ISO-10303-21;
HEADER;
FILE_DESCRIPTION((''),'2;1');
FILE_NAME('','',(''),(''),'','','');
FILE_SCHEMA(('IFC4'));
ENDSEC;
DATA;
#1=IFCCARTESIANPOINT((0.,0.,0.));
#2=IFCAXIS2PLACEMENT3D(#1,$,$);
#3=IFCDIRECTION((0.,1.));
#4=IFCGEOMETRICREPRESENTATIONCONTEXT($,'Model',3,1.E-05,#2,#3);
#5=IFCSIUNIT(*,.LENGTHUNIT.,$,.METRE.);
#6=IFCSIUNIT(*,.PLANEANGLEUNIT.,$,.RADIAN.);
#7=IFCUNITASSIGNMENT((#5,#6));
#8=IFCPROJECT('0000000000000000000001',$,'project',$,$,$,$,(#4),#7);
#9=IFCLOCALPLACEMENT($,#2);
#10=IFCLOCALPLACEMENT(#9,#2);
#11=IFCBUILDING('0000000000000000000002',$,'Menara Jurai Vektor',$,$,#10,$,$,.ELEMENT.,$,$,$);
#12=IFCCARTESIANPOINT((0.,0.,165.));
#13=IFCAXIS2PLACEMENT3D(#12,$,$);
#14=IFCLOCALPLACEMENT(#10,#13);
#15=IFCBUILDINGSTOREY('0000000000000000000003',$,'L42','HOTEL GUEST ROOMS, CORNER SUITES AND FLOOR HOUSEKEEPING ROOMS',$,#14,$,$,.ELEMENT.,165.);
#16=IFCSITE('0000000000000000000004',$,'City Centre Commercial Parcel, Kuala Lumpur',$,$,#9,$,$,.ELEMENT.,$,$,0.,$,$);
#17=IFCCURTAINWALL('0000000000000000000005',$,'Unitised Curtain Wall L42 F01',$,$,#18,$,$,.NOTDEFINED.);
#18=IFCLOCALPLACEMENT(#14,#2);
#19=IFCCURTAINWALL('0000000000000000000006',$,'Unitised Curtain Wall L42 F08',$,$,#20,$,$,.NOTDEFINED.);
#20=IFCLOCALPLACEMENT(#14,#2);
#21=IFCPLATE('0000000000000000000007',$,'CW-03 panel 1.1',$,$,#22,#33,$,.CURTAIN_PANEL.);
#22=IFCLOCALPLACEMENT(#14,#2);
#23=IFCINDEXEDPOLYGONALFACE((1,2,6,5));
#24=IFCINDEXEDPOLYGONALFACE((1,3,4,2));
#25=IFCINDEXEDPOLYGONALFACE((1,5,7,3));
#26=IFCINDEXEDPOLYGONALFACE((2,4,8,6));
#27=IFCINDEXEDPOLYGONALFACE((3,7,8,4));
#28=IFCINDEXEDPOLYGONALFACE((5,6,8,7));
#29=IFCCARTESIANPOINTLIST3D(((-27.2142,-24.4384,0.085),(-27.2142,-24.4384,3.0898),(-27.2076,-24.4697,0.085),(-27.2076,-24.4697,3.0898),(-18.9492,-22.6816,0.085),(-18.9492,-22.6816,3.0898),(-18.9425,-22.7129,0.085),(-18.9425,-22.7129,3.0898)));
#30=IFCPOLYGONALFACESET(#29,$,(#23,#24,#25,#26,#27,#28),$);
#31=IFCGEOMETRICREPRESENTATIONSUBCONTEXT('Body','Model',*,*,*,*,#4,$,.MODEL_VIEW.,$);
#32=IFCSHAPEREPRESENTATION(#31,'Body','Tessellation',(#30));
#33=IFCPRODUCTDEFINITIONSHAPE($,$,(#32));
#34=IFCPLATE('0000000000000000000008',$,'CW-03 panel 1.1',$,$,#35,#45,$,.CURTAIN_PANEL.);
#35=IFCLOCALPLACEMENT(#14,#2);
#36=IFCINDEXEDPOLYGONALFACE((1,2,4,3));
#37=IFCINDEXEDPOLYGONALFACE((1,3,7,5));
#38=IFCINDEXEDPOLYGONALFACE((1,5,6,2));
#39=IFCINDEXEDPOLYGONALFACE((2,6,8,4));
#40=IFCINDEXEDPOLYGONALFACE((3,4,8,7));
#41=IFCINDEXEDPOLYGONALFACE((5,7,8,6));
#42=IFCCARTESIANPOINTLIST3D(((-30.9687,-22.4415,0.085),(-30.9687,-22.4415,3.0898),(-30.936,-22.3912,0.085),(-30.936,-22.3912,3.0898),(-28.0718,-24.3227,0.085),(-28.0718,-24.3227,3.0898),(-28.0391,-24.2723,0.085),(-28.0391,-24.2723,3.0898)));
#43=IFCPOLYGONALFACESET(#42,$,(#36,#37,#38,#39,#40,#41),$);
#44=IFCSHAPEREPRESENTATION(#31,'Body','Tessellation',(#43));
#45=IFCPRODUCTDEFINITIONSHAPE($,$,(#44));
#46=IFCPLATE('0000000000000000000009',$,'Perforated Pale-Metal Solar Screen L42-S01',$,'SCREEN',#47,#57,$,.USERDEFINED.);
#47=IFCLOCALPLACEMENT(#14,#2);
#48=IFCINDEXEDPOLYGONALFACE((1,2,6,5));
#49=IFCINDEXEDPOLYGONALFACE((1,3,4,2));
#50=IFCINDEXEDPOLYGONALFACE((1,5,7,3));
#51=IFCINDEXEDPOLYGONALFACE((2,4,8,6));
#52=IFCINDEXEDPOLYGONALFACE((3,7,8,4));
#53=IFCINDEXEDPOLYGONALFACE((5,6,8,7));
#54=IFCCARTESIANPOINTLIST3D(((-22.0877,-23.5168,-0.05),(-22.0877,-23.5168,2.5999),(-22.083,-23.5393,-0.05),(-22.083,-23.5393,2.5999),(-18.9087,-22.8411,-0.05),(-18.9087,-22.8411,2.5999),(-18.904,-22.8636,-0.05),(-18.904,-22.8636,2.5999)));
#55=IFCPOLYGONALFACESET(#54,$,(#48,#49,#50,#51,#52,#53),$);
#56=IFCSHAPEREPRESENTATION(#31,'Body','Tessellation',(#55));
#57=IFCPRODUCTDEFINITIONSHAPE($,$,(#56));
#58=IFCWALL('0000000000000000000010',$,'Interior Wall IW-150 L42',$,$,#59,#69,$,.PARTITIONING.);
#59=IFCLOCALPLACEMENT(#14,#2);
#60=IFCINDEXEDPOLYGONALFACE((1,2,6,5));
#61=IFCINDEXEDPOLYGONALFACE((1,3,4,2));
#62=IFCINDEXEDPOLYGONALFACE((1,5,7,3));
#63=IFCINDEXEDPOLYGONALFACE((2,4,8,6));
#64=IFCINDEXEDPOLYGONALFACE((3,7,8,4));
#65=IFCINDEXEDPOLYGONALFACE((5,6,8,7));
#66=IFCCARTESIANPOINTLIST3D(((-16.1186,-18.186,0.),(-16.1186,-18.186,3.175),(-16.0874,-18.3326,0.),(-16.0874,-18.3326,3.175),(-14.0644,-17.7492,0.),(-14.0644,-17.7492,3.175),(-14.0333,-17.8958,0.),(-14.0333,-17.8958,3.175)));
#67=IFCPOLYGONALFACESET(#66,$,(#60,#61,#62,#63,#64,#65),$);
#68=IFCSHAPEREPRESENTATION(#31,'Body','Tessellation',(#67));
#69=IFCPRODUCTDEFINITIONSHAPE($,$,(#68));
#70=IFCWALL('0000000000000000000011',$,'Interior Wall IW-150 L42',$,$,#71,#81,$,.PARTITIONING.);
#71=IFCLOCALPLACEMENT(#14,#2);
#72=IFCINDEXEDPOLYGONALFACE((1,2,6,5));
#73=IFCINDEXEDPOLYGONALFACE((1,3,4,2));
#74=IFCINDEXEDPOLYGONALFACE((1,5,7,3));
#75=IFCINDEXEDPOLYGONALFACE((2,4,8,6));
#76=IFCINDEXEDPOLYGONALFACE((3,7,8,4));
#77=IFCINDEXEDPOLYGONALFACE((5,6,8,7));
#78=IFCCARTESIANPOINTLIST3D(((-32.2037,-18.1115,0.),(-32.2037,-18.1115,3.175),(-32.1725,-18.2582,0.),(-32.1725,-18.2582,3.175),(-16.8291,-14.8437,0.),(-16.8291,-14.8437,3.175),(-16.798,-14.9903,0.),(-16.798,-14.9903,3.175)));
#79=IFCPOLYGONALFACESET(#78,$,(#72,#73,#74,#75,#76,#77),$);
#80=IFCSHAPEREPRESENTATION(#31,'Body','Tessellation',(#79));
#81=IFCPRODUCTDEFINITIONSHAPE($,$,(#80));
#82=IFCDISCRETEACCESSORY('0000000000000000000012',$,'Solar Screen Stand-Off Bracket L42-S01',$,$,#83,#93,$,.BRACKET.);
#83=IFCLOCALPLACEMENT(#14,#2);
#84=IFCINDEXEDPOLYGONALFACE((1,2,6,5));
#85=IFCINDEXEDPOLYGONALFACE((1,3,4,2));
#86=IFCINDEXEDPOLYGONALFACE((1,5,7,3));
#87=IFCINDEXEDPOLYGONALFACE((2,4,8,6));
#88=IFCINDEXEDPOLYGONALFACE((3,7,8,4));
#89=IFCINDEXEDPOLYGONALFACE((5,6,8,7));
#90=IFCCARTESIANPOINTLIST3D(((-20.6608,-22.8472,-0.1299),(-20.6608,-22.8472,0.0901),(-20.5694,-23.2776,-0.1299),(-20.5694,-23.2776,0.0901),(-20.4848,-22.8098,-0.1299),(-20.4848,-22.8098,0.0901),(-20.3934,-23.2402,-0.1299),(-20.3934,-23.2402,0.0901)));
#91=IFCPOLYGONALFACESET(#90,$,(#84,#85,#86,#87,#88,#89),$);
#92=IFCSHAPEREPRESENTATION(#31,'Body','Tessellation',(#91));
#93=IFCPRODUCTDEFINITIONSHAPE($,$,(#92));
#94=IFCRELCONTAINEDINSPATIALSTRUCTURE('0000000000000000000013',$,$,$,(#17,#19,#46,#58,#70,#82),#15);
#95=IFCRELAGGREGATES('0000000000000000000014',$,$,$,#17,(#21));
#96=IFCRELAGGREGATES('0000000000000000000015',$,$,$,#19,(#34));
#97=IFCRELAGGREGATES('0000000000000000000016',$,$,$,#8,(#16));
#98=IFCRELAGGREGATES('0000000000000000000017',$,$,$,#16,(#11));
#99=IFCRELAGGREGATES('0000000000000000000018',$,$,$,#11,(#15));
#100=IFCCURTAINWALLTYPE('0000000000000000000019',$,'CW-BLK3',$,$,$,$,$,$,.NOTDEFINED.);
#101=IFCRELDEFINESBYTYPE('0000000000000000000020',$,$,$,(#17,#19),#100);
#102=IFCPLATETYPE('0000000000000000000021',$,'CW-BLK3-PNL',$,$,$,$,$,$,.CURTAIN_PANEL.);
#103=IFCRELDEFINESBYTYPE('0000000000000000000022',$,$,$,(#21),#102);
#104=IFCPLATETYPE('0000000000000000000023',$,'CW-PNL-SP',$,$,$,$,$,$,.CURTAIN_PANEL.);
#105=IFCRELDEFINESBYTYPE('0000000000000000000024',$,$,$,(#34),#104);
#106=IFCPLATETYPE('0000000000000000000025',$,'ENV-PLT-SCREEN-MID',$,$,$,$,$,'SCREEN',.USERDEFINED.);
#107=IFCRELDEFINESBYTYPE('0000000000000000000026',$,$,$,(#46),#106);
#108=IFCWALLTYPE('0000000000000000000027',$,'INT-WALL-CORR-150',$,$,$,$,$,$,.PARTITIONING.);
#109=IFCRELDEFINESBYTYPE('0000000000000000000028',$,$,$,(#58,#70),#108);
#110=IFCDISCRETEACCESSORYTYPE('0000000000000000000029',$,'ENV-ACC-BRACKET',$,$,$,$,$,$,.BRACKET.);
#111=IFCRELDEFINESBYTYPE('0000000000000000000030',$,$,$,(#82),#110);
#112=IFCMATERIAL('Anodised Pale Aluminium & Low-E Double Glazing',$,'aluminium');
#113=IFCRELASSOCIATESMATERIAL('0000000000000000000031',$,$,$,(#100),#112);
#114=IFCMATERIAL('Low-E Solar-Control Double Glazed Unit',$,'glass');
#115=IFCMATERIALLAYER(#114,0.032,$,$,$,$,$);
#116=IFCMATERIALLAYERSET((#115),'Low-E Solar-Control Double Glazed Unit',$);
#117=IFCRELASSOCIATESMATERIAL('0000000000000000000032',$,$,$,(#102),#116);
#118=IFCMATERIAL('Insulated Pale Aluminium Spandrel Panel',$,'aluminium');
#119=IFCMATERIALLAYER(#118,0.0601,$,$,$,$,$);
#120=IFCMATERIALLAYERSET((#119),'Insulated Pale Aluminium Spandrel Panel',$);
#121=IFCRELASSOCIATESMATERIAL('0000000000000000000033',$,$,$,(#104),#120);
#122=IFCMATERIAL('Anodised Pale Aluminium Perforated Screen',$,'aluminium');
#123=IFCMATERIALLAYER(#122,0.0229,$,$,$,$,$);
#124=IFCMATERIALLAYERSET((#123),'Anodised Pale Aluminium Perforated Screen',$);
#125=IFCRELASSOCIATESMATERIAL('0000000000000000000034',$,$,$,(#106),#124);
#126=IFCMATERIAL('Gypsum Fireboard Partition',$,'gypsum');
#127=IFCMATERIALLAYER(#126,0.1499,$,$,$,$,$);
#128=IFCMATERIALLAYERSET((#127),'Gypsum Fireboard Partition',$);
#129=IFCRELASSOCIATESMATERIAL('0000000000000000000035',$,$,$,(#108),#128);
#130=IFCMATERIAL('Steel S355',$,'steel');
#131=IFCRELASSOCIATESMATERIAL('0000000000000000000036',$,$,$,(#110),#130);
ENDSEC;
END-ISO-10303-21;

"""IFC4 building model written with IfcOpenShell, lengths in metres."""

from ifc_helpers import new_model, si_unit, direction, frame, frame_2d, origin, origin_2d, place, context, subcontext, project, spatial, rectangle, extrude, material, layer, layer_set, type_object, element, aggregate, save


model = new_model("IFC4")

# Units and contexts
model_context = context("Model", 3, precision=1e-05, world=origin(), true_north=direction((0.0, 1.0)))
body_context = subcontext(model_context, "Body", "Model", "MODEL_VIEW")
ifc_project = project(units=[si_unit("LENGTHUNIT", "METRE"), si_unit("PLANEANGLEUNIT", "RADIAN")], contexts=[model_context])

# Site, building, storey
site_placement = place(None, origin())
site = spatial("IfcSite", under=ifc_project, at=site_placement, Name="City Centre Commercial Parcel, Kuala Lumpur", CompositionType="ELEMENT", RefElevation=0.0)
building_placement = place(site_placement, origin())
building = spatial("IfcBuilding", under=site, at=building_placement, Name="Menara Jurai Vektor", CompositionType="ELEMENT")
storey_placement = place(building_placement, frame((0.0, 0.0, 165.0)))
storey = spatial("IfcBuildingStorey", under=building, at=storey_placement, Name="L42", Description="HOTEL GUEST ROOMS, CORNER SUITES AND FLOOR HOUSEKEEPING ROOMS", CompositionType="ELEMENT", Elevation=165.0)

# Curtain wall
ifc_material_1 = material(Name="Anodised Pale Aluminium & Low-E Double Glazing", Category="aluminium")
curtain_wall_type = type_object("IfcCurtainWallType", Name="CW-BLK3", PredefinedType="NOTDEFINED", material=ifc_material_1)
curtain_wall_1_placement = place(storey_placement, origin())
curtain_wall_1 = element("IfcCurtainWall", 1, at=curtain_wall_1_placement, inside=storey, type_object=curtain_wall_type, Name="Unitised Curtain Wall L42 F01", PredefinedType="NOTDEFINED")

# Curtain wall
curtain_wall_2_placement = place(storey_placement, origin())
curtain_wall_2 = element("IfcCurtainWall", 2, at=curtain_wall_2_placement, inside=storey, type_object=curtain_wall_type, Name="Unitised Curtain Wall L42 F08", PredefinedType="NOTDEFINED")

# Shared definitions
ifc_material_2 = material(Name="Steel S355", Category="steel")

# Plates
ifc_material_3 = material(Name="Low-E Solar-Control Double Glazed Unit", Category="glass")
ifc_layer_1 = layer(ifc_material_3, 0.032)
ifc_layer_set_1 = layer_set([ifc_layer_1], Name="Low-E Solar-Control Double Glazed Unit")
plate_type_1 = type_object("IfcPlateType", Name="CW-BLK3-PNL", PredefinedType="CURTAIN_PANEL", material=ifc_layer_set_1)
plate_1_placement = place(storey_placement, frame((-23.0784, -23.5757, 0.085), z_axis=(0.0, 0.0, 1.0), x_axis=(0.978148, 0.207911, 0.0)))
plate_1 = element("IfcPlate", 3, at=plate_1_placement, type_object=plate_type_1, Name="CW-03 panel 1.1", PredefinedType="CURTAIN_PANEL", context=body_context, shape_type="SweptSolid", body=[
    extrude(rectangle(XDim=8.4497, YDim=0.032, at=origin_2d()), origin(), (0.0, 0.0, 1.0), 3.0049),
])
aggregate(curtain_wall_1, [plate_1])
ifc_material_4 = material(Name="Insulated Pale Aluminium Spandrel Panel", Category="aluminium")
ifc_layer_2 = layer(ifc_material_4, 0.0601)
ifc_layer_set_2 = layer_set([ifc_layer_2], Name="Insulated Pale Aluminium Spandrel Panel")
plate_type_2 = type_object("IfcPlateType", Name="CW-PNL-SP", PredefinedType="CURTAIN_PANEL", material=ifc_layer_set_2)
plate_2_placement = place(storey_placement, frame((-29.5039, -23.3569, 0.085), z_axis=(0.0, 0.0, 1.0), x_axis=(0.838684, -0.544618, 0.0)))
plate_2 = element("IfcPlate", 4, at=plate_2_placement, type_object=plate_type_2, Name="CW-03 panel 1.1", PredefinedType="CURTAIN_PANEL", context=body_context, shape_type="SweptSolid", body=[
    extrude(rectangle(XDim=3.4541, YDim=0.0601, at=origin_2d()), origin(), (0.0, 0.0, 1.0), 3.0049),
])
aggregate(curtain_wall_2, [plate_2])
ifc_material_5 = material(Name="Anodised Pale Aluminium Perforated Screen", Category="aluminium")
ifc_layer_3 = layer(ifc_material_5, 0.0229)
ifc_layer_set_3 = layer_set([ifc_layer_3], Name="Anodised Pale Aluminium Perforated Screen")
plate_type_3 = type_object("IfcPlateType", Name="ENV-PLT-SCREEN-MID", ElementType="SCREEN", PredefinedType="USERDEFINED", material=ifc_layer_set_3)
plate_3_placement = place(storey_placement, frame((-20.4958, -23.1902, -0.05), z_axis=(0.0, 0.0, 1.0), x_axis=(0.978148, 0.207912, 0.0)))
element("IfcPlate", 5, at=plate_3_placement, inside=storey, type_object=plate_type_3, Name="Perforated Pale-Metal Solar Screen L42-S01", ObjectType="SCREEN", PredefinedType="USERDEFINED", context=body_context, shape_type="SweptSolid", body=[
    extrude(rectangle(XDim=3.25, YDim=0.0229, at=origin_2d()), origin(), (0.0, 0.0, 1.0), 2.6499),
])

# Walls
ifc_material_6 = material(Name="Gypsum Fireboard Partition", Category="gypsum")
ifc_layer_4 = layer(ifc_material_6, 0.1499)
ifc_layer_set_4 = layer_set([ifc_layer_4], Name="Gypsum Fireboard Partition")
wall_type = type_object("IfcWallType", Name="INT-WALL-CORR-150", PredefinedType="PARTITIONING", material=ifc_layer_set_4)
wall_1_placement = place(storey_placement, frame((-16.103, -18.2593, 0.0), z_axis=(0.0, 0.0, 1.0), x_axis=(0.978135, 0.207973, 0.0)))
element("IfcWall", 6, at=wall_1_placement, inside=storey, type_object=wall_type, Name="Interior Wall IW-150 L42", PredefinedType="PARTITIONING", context=body_context, shape_type="SweptSolid", body=[
    extrude(rectangle(XDim=2.1001, YDim=0.1499, at=frame_2d((1.05, 0.0))), origin(), (0.0, 0.0, 1.0), 3.175),
])
wall_2_placement = place(storey_placement, frame((-32.188, -18.1848, 0.0), z_axis=(0.0, 0.0, 1.0), x_axis=(0.978149, 0.207904, 0.0)))
element("IfcWall", 7, at=wall_2_placement, inside=storey, type_object=wall_type, Name="Interior Wall IW-150 L42", PredefinedType="PARTITIONING", context=body_context, shape_type="SweptSolid", body=[
    extrude(rectangle(XDim=15.718, YDim=0.1499, at=frame_2d((7.8589, 0.0))), origin(), (0.0, 0.0, 1.0), 3.175),
])

# Discrete accessory
discrete_accessory_type = type_object("IfcDiscreteAccessoryType", Name="ENV-ACC-BRACKET", PredefinedType="BRACKET", material=ifc_material_2)
discrete_accessory_placement = place(storey_placement, frame((-20.5271, -23.0437, -0.1299), z_axis=(0.0, 0.0, 1.0), x_axis=(0.978148, 0.207912, 0.0)))
element("IfcDiscreteAccessory", 8, at=discrete_accessory_placement, inside=storey, type_object=discrete_accessory_type, Name="Solar Screen Stand-Off Bracket L42-S01", PredefinedType="BRACKET", context=body_context, shape_type="SweptSolid", body=[
    extrude(rectangle(XDim=0.1799, YDim=0.4399, at=origin_2d()), origin(), (0.0, 0.0, 1.0), 0.22),
])

save(model, "model.ifc")
